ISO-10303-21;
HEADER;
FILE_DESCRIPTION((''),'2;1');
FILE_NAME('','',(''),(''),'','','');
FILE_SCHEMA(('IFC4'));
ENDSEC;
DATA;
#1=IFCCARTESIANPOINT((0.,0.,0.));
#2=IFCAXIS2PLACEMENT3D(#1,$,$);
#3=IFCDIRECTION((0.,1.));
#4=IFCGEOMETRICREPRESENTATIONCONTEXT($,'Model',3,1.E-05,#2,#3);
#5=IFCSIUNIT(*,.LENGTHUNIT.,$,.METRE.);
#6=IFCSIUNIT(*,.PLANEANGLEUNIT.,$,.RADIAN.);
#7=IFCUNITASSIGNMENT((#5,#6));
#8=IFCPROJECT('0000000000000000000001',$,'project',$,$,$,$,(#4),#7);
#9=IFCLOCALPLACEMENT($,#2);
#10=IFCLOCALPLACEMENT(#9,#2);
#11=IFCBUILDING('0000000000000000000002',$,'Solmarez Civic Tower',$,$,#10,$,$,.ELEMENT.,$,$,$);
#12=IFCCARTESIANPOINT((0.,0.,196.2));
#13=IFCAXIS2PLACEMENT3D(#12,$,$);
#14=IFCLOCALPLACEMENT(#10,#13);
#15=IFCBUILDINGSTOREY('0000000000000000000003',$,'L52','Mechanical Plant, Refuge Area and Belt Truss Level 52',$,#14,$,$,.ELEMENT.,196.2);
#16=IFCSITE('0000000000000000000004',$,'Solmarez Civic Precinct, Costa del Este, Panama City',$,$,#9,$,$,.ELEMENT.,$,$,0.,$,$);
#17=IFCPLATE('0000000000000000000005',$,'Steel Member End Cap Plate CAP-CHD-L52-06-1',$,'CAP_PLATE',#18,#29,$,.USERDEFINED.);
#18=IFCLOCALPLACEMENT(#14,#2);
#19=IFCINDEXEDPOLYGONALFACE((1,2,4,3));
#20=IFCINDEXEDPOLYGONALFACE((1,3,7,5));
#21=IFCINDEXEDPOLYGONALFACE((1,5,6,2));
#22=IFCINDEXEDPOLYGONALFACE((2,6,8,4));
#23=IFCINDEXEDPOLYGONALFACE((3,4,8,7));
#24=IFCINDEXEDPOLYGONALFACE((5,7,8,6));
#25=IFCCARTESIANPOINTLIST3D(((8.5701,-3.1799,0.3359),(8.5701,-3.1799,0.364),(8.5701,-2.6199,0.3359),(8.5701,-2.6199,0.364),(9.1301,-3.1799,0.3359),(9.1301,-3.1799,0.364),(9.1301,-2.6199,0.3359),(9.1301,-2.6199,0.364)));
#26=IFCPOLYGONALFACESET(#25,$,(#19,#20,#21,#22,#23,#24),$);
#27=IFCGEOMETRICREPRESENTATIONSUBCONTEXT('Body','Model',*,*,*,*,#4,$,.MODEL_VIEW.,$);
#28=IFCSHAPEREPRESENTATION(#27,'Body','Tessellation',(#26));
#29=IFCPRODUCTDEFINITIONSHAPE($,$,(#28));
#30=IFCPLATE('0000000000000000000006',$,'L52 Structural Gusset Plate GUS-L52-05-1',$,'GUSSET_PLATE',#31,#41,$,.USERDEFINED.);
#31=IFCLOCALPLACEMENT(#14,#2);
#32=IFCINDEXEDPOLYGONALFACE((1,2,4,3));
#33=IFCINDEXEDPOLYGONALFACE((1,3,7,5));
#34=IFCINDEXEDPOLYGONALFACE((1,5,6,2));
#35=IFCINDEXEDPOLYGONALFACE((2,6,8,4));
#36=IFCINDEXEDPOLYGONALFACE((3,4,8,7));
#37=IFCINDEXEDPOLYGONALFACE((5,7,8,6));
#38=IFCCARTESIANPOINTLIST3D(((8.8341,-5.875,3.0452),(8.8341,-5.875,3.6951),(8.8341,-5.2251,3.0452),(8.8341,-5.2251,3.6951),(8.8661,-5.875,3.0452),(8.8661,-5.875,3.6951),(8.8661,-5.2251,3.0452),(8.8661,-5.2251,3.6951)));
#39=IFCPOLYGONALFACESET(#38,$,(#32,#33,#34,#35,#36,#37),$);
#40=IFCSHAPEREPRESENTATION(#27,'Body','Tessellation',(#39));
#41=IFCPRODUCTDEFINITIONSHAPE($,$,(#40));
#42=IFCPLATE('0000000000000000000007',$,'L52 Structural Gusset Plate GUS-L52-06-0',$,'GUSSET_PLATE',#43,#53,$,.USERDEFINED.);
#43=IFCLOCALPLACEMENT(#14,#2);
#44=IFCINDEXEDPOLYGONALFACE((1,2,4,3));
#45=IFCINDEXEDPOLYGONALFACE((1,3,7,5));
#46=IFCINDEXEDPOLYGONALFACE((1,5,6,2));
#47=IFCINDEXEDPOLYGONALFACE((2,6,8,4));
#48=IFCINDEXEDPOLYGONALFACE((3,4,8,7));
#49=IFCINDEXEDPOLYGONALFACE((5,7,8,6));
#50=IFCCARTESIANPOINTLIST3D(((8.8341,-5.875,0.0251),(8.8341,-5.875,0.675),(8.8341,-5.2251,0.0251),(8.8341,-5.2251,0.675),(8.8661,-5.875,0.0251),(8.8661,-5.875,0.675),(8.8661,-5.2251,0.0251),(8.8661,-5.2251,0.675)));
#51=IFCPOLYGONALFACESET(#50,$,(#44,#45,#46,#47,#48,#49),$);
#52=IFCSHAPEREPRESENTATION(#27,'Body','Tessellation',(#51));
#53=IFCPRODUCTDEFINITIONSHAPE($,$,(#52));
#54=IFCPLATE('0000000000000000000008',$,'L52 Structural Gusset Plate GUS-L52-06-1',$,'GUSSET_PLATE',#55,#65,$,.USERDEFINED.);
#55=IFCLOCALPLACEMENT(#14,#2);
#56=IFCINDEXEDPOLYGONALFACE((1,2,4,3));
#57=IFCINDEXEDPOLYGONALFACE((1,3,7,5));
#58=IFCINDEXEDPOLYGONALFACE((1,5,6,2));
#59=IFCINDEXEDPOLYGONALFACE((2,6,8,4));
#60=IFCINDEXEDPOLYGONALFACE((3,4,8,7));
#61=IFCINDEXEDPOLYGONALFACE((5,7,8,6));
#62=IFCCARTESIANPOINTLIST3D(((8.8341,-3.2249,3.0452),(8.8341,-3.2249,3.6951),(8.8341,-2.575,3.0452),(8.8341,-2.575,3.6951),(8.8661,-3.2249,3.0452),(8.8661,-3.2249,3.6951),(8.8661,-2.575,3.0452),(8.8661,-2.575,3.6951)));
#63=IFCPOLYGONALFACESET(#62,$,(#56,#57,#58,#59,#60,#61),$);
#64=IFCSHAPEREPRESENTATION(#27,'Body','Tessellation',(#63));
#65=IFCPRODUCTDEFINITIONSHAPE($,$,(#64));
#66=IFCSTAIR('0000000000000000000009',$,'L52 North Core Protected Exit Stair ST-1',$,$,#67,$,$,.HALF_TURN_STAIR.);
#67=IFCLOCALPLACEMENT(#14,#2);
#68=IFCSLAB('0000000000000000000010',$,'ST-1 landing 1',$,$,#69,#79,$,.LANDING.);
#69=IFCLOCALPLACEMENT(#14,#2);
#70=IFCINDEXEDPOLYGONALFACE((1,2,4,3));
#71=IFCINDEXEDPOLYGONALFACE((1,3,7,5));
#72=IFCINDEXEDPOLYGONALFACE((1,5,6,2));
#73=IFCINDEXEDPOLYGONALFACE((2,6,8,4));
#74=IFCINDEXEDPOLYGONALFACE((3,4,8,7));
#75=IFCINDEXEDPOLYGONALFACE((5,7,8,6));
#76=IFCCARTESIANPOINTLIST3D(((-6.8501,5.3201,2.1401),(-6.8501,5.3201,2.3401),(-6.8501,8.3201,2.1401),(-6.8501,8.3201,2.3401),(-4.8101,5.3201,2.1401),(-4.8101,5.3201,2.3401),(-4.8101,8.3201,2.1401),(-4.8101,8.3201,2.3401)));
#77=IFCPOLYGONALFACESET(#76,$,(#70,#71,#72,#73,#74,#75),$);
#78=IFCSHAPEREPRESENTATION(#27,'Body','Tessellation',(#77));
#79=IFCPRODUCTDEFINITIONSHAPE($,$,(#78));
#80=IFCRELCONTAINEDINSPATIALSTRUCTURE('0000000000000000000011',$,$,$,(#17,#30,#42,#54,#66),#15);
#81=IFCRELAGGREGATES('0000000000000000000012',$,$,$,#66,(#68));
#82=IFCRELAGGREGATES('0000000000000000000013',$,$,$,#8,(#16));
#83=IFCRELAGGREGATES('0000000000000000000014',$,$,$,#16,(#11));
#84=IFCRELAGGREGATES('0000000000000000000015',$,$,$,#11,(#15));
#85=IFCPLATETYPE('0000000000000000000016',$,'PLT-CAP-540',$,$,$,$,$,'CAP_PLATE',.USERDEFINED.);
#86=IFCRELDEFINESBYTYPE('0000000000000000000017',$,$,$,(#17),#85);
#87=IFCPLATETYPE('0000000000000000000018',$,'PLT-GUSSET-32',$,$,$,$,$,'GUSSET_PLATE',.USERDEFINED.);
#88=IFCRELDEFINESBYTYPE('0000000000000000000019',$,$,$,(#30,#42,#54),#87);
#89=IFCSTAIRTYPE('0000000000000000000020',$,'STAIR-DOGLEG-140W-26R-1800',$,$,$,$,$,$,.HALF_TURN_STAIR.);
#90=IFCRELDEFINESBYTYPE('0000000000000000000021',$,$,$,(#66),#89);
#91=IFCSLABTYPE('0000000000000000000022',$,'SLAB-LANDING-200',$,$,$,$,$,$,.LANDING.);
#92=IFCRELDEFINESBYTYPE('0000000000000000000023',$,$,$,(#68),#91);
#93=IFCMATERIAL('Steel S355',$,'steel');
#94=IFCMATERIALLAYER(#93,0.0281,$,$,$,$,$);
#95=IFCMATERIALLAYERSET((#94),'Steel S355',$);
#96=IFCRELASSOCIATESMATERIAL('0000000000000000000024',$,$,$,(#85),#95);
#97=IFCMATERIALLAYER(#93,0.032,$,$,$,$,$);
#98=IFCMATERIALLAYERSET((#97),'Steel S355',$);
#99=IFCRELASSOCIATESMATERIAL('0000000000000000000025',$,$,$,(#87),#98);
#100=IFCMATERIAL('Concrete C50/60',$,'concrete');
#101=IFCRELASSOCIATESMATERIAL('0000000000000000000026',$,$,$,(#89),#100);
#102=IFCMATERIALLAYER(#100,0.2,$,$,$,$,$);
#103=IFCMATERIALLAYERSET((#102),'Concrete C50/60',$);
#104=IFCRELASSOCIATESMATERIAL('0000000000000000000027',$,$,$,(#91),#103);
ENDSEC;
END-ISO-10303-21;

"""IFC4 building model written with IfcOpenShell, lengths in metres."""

from ifc_helpers import new_model, si_unit, direction, frame, origin, origin_2d, place, context, subcontext, project, spatial, polyline, rectangle, outline, extrude, material, layer, layer_set, type_object, element, aggregate, save


model = new_model("IFC4")

# Units and contexts
model_context = context("Model", 3, precision=1e-05, world=origin(), true_north=direction((0.0, 1.0)))
body_context = subcontext(model_context, "Body", "Model", "MODEL_VIEW")
ifc_project = project(units=[si_unit("LENGTHUNIT", "METRE"), si_unit("PLANEANGLEUNIT", "RADIAN")], contexts=[model_context])

# Site, building, storey
site_placement = place(None, origin())
site = spatial("IfcSite", under=ifc_project, at=site_placement, Name="Solmarez Civic Precinct, Costa del Este, Panama City", CompositionType="ELEMENT", RefElevation=0.0)
building_placement = place(site_placement, origin())
building = spatial("IfcBuilding", under=site, at=building_placement, Name="Solmarez Civic Tower", CompositionType="ELEMENT")
storey_placement = place(building_placement, frame((0.0, 0.0, 196.2)))
storey = spatial("IfcBuildingStorey", under=building, at=storey_placement, Name="L52", Description="Mechanical Plant, Refuge Area and Belt Truss Level 52", CompositionType="ELEMENT", Elevation=196.2)

# Shared definitions
ifc_material_1 = material(Name="Concrete C50/60", Category="concrete")

# Shared definitions
ifc_material_2 = material(Name="Steel S355", Category="steel")

# Plates
ifc_layer_1 = layer(ifc_material_2, 0.0281)
ifc_layer_set_1 = layer_set([ifc_layer_1], Name="Steel S355")
plate_type_1 = type_object("IfcPlateType", Name="PLT-CAP-540", ElementType="CAP_PLATE", PredefinedType="USERDEFINED", material=ifc_layer_set_1)
for number, where, z_axis, x_axis, name in (
    (1, (8.8501, -2.8999, 0.3359), (0.0, 0.0, 1.0), (1.0, 0.0, 0.0), "Steel Member End Cap Plate CAP-CHD-L52-06-1"),
):
    element("IfcPlate", number, at=place(storey_placement, frame(where, z_axis=z_axis, x_axis=x_axis)), inside=storey, type_object=plate_type_1, Name=name, ObjectType="CAP_PLATE", PredefinedType="USERDEFINED", context=body_context, shape_type="SweptSolid", body=[
        extrude(rectangle(XDim=0.5601, YDim=0.5601, at=origin_2d()), origin(), (0.0, 0.0, 1.0), 0.0281),
    ])
ifc_layer_2 = layer(ifc_material_2, 0.032)
ifc_layer_set_2 = layer_set([ifc_layer_2], Name="Steel S355")
plate_type_2 = type_object("IfcPlateType", Name="PLT-GUSSET-32", ElementType="GUSSET_PLATE", PredefinedType="USERDEFINED", material=ifc_layer_set_2)
for number, where, z_axis, x_axis, name in (
    (2, (8.8501, -5.55, 3.0452), (0.0, 0.0, 1.0), (0.0, 1.0, 0.0), "L52 Structural Gusset Plate GUS-L52-05-1"),
    (3, (8.8501, -5.55, 0.0251), (0.0, 0.0, 1.0), (0.0, 1.0, 0.0), "L52 Structural Gusset Plate GUS-L52-06-0"),
    (4, (8.8501, -2.8999, 3.0452), (0.0, 0.0, 1.0), (0.0, 1.0, 0.0), "L52 Structural Gusset Plate GUS-L52-06-1"),
):
    element("IfcPlate", number, at=place(storey_placement, frame(where, z_axis=z_axis, x_axis=x_axis)), inside=storey, type_object=plate_type_2, Name=name, ObjectType="GUSSET_PLATE", PredefinedType="USERDEFINED", context=body_context, shape_type="SweptSolid", body=[
        extrude(rectangle(XDim=0.6499, YDim=0.032, at=origin_2d()), origin(), (0.0, 0.0, 1.0), 0.6499),
    ])

# Stair, slab
stair_type = type_object("IfcStairType", Name="STAIR-DOGLEG-140W-26R-1800", PredefinedType="HALF_TURN_STAIR", material=ifc_material_1)
stair_1_placement = place(storey_placement, origin())
stair_1 = element("IfcStair", 5, at=stair_1_placement, inside=storey, type_object=stair_type, Name="L52 North Core Protected Exit Stair ST-1", PredefinedType="HALF_TURN_STAIR")
ifc_layer_3 = layer(ifc_material_1, 0.2)
ifc_layer_set_3 = layer_set([ifc_layer_3], Name="Concrete C50/60")
slab_type_1 = type_object("IfcSlabType", Name="SLAB-LANDING-200", PredefinedType="LANDING", material=ifc_layer_set_3)
slab_1_placement = place(storey_placement, frame((0.0, 0.0, 2.1401)))
slab_1 = element("IfcSlab", 6, at=slab_1_placement, type_object=slab_type_1, Name="ST-1 landing 1", PredefinedType="LANDING", context=body_context, shape_type="SweptSolid", body=[
    extrude(outline(polyline([(-4.8101, 8.3201), (-6.8501, 8.3201), (-6.8501, 5.3201), (-4.8101, 5.3201), (-4.8101, 8.3201)])), origin(), (0.0, 0.0, 1.0), 0.2),
])
aggregate(stair_1, [slab_1])

save(model, "model.ifc")
